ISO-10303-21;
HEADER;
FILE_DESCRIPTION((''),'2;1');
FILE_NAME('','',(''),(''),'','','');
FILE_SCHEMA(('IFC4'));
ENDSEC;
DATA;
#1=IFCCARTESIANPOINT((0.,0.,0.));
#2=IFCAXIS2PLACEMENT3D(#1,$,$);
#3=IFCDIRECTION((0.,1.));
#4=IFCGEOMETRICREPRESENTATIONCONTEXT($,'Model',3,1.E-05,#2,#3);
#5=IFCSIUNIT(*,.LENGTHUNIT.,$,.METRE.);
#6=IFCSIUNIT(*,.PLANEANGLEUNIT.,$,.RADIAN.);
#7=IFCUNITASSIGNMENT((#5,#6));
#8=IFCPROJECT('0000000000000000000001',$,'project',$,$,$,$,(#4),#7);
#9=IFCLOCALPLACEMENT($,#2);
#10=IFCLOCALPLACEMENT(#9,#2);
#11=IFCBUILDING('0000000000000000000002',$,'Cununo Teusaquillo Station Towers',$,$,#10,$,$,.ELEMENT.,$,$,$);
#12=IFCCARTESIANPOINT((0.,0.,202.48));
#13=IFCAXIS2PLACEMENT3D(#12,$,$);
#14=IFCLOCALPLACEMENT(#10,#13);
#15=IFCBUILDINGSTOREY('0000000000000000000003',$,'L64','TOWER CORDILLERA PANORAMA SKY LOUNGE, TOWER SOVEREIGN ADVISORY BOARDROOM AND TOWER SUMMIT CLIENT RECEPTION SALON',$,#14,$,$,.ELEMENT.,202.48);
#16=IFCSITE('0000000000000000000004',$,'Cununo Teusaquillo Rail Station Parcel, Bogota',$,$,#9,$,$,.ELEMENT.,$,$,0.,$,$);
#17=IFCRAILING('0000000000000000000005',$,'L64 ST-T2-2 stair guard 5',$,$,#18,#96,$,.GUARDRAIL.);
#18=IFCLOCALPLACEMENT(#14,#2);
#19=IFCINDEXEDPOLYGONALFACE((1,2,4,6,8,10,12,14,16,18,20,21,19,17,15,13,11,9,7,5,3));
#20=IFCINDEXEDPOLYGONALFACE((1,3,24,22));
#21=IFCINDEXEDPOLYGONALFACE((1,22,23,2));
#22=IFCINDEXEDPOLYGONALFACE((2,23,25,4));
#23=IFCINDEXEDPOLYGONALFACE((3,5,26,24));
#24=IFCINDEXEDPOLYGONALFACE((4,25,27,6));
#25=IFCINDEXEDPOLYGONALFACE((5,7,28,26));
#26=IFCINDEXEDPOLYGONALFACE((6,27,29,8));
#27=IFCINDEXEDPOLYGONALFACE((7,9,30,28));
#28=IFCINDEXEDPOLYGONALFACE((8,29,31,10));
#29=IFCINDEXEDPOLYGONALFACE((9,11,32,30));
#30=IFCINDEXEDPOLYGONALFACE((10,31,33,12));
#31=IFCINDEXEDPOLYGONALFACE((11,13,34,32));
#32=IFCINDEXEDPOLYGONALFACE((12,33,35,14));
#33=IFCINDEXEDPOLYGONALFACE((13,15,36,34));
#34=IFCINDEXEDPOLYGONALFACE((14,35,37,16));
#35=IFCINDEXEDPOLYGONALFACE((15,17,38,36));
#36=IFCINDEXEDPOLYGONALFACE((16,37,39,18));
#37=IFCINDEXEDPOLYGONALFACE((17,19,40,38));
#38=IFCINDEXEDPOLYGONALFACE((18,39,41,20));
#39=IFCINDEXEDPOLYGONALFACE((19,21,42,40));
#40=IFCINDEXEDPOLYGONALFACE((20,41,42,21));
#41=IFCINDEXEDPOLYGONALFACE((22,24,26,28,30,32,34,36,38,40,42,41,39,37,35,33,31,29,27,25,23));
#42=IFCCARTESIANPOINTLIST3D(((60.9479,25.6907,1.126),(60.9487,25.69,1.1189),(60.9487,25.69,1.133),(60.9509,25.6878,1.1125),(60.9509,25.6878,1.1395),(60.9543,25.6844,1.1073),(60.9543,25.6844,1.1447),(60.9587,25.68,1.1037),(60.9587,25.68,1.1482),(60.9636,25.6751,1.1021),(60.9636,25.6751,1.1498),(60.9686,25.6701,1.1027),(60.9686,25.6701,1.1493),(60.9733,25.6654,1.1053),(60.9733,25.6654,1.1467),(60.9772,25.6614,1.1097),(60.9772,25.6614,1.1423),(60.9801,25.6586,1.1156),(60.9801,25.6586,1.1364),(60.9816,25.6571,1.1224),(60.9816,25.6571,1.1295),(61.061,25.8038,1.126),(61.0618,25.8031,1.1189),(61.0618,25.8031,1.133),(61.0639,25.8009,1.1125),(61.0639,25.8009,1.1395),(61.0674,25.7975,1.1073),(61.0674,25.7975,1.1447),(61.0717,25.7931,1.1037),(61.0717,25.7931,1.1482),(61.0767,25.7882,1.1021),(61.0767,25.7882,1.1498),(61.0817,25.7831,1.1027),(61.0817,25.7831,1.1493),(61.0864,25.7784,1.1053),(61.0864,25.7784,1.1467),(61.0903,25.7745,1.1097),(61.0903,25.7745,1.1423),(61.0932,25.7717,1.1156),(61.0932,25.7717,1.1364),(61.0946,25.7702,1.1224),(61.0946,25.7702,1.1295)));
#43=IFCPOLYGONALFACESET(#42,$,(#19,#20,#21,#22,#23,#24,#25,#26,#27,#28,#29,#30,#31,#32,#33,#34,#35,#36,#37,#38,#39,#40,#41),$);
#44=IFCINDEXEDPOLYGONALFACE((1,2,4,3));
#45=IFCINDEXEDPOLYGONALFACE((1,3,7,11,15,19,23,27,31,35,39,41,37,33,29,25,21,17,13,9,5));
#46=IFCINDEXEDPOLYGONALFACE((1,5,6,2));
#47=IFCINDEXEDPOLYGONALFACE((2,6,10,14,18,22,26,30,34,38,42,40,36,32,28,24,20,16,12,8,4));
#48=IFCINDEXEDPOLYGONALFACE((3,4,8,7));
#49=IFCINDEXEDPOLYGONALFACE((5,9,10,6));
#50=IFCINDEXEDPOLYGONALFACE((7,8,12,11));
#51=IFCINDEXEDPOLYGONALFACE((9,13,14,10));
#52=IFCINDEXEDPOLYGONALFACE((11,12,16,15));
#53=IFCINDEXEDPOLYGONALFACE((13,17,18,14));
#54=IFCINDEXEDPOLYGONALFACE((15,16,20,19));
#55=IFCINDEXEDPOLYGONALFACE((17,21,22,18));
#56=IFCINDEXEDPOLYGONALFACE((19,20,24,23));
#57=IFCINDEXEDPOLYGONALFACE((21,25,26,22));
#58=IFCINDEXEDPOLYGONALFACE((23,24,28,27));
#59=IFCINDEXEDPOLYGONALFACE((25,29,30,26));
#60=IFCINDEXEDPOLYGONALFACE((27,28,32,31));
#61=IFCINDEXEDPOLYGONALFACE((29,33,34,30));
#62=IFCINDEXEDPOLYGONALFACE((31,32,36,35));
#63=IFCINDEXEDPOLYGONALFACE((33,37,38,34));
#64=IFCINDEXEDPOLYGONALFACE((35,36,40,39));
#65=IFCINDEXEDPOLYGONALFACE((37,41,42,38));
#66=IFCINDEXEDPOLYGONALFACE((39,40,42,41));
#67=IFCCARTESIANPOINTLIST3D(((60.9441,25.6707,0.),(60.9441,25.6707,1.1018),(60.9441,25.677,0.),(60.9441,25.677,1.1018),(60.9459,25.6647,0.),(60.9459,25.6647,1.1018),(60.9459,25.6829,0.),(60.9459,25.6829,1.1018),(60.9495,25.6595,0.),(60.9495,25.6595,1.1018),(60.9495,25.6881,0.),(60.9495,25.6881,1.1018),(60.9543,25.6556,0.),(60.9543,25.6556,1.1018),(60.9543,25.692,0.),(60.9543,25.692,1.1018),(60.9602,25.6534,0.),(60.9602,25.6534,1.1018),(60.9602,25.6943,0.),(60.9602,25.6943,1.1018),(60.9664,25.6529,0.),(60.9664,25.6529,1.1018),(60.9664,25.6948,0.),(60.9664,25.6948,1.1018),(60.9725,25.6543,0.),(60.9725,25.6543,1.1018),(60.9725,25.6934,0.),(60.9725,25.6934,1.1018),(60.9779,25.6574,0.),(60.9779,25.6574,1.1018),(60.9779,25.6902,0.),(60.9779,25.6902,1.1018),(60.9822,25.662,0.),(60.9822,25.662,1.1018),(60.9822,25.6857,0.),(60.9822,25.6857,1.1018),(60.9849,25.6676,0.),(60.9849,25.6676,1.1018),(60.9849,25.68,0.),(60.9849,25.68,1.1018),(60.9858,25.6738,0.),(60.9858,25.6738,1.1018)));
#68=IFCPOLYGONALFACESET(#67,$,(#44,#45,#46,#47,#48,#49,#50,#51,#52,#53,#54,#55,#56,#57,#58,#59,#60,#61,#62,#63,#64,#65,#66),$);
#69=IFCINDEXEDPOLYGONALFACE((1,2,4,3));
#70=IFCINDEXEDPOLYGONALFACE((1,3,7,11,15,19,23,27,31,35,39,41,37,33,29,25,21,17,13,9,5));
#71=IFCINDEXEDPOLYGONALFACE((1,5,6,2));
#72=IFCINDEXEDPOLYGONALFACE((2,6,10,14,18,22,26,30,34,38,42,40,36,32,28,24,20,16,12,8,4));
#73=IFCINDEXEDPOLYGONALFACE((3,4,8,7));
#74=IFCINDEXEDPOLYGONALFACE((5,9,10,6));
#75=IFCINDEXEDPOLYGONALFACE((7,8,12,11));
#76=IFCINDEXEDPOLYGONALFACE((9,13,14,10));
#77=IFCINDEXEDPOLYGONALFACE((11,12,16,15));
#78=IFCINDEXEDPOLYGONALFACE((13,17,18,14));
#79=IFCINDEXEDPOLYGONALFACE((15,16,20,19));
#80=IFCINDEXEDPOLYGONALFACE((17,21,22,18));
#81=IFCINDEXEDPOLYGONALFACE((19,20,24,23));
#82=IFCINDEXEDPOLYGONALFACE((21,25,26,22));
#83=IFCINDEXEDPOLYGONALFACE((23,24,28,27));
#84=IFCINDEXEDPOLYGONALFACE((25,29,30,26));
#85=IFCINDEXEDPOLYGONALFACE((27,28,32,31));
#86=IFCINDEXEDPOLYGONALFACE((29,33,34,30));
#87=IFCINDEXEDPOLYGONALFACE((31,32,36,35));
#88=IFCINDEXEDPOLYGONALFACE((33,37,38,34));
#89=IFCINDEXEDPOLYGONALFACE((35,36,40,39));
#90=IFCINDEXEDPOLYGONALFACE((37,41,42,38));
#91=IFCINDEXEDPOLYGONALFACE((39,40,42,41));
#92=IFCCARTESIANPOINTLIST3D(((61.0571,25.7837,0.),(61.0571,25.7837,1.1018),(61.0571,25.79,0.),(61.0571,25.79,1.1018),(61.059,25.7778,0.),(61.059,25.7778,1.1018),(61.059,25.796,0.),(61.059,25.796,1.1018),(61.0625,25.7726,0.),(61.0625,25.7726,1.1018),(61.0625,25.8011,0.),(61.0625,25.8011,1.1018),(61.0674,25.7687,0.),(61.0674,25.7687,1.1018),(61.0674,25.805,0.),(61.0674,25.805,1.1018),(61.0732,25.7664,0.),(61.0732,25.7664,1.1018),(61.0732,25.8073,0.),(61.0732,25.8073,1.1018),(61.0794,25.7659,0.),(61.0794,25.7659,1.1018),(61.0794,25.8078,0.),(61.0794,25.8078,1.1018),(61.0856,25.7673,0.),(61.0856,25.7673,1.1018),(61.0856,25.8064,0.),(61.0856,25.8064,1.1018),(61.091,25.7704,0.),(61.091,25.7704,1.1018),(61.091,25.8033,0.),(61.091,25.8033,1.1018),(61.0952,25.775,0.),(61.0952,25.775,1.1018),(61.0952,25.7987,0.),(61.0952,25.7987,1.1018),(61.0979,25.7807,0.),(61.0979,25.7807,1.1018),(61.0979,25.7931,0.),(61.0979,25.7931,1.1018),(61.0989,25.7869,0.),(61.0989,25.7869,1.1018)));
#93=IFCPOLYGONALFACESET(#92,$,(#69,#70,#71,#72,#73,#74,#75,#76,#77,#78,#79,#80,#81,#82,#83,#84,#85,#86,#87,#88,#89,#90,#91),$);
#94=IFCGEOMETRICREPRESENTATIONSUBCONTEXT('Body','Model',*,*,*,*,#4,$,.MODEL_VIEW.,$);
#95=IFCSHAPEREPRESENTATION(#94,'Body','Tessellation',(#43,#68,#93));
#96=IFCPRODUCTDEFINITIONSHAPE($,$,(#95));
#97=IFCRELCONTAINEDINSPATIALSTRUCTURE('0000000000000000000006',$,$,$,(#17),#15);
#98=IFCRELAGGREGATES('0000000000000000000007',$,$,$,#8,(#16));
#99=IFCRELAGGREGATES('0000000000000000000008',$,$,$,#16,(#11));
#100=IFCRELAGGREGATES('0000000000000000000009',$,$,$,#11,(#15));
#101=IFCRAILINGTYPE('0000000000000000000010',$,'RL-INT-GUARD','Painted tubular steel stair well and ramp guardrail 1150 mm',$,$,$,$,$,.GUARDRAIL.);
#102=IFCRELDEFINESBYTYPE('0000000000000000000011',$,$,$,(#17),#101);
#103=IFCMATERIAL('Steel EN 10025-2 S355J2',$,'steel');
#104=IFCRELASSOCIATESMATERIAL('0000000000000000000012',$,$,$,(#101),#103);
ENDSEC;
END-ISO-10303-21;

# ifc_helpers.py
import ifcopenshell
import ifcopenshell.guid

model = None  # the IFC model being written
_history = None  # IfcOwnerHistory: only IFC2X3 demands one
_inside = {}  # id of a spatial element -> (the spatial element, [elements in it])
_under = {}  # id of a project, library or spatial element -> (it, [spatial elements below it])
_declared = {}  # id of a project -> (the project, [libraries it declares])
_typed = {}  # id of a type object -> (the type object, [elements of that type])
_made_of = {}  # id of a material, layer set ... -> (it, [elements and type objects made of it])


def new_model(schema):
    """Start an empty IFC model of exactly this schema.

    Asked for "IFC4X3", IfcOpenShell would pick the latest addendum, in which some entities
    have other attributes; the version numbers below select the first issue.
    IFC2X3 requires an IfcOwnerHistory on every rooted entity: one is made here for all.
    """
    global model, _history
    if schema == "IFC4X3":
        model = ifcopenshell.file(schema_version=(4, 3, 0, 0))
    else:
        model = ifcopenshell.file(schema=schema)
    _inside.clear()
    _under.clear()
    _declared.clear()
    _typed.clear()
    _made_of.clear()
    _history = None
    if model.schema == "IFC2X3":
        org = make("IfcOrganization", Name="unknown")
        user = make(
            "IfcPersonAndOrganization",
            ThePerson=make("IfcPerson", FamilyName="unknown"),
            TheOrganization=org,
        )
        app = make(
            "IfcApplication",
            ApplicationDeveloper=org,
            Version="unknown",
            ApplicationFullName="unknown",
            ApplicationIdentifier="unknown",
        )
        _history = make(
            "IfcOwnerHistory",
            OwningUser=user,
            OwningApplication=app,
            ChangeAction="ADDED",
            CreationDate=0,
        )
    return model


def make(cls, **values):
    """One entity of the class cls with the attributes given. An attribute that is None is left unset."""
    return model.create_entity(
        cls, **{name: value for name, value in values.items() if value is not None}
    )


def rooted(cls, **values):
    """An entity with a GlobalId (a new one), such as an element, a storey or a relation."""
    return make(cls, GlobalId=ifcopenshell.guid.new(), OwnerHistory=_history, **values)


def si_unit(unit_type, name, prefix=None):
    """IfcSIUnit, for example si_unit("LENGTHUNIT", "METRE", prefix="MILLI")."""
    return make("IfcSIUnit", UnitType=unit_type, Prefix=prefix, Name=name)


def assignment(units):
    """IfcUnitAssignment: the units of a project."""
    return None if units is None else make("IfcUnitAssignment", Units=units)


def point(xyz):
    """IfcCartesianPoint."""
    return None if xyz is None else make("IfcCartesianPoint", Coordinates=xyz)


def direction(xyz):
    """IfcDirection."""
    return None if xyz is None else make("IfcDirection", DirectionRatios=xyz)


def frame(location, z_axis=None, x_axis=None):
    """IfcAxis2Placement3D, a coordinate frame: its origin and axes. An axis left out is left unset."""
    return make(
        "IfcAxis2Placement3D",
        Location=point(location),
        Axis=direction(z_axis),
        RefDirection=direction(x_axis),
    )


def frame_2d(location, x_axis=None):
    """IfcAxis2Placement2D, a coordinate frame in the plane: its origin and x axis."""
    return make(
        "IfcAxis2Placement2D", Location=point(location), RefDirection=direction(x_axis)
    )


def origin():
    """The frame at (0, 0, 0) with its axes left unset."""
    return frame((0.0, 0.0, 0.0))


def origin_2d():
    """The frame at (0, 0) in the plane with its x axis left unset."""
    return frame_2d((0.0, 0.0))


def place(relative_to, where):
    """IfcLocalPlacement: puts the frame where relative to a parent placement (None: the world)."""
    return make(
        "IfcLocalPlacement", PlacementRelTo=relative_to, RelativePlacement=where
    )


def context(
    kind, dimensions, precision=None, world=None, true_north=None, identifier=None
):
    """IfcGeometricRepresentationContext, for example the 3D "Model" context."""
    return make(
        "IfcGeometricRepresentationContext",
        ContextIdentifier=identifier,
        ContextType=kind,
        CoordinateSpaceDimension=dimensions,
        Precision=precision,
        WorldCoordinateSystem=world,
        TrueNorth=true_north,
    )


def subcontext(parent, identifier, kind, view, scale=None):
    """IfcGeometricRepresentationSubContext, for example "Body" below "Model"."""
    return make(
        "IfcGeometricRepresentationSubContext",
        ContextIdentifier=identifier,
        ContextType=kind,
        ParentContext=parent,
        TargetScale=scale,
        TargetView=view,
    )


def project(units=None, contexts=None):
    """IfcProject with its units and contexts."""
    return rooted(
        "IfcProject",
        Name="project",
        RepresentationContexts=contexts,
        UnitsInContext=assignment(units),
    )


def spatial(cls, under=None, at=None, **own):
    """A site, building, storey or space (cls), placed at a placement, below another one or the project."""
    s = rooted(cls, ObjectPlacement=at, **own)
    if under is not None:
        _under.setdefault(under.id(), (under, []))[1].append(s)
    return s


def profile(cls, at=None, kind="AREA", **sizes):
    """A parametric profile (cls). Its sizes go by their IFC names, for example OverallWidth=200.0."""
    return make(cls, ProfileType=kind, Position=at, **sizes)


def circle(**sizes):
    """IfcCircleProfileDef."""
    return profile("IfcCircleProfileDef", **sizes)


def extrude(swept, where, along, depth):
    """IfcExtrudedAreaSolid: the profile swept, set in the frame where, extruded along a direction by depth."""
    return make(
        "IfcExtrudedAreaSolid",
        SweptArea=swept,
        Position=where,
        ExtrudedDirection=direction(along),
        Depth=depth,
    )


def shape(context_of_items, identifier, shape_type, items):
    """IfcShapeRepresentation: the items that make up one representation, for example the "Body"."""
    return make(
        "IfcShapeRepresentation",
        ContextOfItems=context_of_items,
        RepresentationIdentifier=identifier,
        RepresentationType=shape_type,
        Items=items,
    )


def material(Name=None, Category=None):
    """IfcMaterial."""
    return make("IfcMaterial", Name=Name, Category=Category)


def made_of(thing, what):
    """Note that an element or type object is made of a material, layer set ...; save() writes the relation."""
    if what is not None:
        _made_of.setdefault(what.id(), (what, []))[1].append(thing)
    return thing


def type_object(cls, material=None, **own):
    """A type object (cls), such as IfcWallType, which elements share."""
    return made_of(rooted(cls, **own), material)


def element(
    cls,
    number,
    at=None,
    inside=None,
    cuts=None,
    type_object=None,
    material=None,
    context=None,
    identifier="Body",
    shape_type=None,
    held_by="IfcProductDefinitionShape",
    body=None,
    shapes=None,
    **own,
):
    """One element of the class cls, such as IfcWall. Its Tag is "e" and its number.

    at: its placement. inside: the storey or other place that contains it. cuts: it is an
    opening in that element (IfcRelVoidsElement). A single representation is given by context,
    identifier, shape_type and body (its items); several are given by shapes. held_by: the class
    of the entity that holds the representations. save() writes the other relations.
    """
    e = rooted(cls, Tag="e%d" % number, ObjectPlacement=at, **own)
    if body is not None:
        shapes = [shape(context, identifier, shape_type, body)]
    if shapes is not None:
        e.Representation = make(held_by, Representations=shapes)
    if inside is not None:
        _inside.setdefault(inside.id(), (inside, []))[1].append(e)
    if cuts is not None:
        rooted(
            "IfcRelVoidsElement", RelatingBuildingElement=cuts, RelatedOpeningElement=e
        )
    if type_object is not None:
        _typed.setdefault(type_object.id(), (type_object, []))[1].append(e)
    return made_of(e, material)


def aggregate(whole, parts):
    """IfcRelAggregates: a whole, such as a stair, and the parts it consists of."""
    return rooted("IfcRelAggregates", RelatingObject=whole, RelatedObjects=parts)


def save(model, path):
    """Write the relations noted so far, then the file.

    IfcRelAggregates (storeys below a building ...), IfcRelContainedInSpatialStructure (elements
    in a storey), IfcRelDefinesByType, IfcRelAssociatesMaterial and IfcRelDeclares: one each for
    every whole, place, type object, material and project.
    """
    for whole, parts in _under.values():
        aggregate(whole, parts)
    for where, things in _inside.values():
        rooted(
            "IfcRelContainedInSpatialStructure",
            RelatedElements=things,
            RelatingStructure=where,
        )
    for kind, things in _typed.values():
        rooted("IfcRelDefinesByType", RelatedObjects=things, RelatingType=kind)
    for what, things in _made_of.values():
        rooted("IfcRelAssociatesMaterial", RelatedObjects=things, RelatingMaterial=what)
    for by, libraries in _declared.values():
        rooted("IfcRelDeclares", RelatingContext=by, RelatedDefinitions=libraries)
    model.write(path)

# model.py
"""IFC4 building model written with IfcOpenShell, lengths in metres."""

from ifc_helpers import new_model, si_unit, direction, frame, origin, origin_2d, place, context, subcontext, project, spatial, circle, extrude, material, type_object, element, save


model = new_model("IFC4")

# Units and contexts
model_context = context("Model", 3, precision=1e-05, world=origin(), true_north=direction((0.0, 1.0)))
body_context = subcontext(model_context, "Body", "Model", "MODEL_VIEW")
ifc_project = project(units=[si_unit("LENGTHUNIT", "METRE"), si_unit("PLANEANGLEUNIT", "RADIAN")], contexts=[model_context])

# Site, building, storey
site_placement = place(None, origin())
site = spatial("IfcSite", under=ifc_project, at=site_placement, Name="Cununo Teusaquillo Rail Station Parcel, Bogota", CompositionType="ELEMENT", RefElevation=0.0)
building_placement = place(site_placement, origin())
building = spatial("IfcBuilding", under=site, at=building_placement, Name="Cununo Teusaquillo Station Towers", CompositionType="ELEMENT")
storey_placement = place(building_placement, frame((0.0, 0.0, 202.48)))
storey = spatial("IfcBuildingStorey", under=building, at=storey_placement, Name="L64", Description="TOWER CORDILLERA PANORAMA SKY LOUNGE, TOWER SOVEREIGN ADVISORY BOARDROOM AND TOWER SUMMIT CLIENT RECEPTION SALON", CompositionType="ELEMENT", Elevation=202.48)

# Railing
ifc_material_1 = material(Name="Steel EN 10025-2 S355J2", Category="steel")
railing_type_1 = type_object("IfcRailingType", Name="RL-INT-GUARD", Description="Painted tubular steel stair well and ramp guardrail 1150 mm", PredefinedType="GUARDRAIL", material=ifc_material_1)
railing_1_placement = place(storey_placement, frame((60.9648, 25.6738, 0.0)))
element("IfcRailing", 1, at=railing_1_placement, inside=storey, type_object=railing_type_1, Name="L64 ST-T2-2 stair guard 5", PredefinedType="GUARDRAIL", context=body_context, shape_type="SweptSolid", body=[
    extrude(circle(Radius=0.0239, at=origin_2d()), frame((0.0, 0.0, 1.126), z_axis=(0.707107, 0.707107, 0.0), x_axis=(-0.707107, 0.707107, 0.0)), (0.0, 0.0, 1.0), 0.1599),
    extrude(circle(Radius=0.021, at=origin_2d()), origin(), (0.0, 0.0, 1.0), 1.1018),
    extrude(circle(Radius=0.021, at=origin_2d()), frame((0.113, 0.113, 0.0)), (0.0, 0.0, 1.0), 1.1018),
])

save(model, "model.ifc")
